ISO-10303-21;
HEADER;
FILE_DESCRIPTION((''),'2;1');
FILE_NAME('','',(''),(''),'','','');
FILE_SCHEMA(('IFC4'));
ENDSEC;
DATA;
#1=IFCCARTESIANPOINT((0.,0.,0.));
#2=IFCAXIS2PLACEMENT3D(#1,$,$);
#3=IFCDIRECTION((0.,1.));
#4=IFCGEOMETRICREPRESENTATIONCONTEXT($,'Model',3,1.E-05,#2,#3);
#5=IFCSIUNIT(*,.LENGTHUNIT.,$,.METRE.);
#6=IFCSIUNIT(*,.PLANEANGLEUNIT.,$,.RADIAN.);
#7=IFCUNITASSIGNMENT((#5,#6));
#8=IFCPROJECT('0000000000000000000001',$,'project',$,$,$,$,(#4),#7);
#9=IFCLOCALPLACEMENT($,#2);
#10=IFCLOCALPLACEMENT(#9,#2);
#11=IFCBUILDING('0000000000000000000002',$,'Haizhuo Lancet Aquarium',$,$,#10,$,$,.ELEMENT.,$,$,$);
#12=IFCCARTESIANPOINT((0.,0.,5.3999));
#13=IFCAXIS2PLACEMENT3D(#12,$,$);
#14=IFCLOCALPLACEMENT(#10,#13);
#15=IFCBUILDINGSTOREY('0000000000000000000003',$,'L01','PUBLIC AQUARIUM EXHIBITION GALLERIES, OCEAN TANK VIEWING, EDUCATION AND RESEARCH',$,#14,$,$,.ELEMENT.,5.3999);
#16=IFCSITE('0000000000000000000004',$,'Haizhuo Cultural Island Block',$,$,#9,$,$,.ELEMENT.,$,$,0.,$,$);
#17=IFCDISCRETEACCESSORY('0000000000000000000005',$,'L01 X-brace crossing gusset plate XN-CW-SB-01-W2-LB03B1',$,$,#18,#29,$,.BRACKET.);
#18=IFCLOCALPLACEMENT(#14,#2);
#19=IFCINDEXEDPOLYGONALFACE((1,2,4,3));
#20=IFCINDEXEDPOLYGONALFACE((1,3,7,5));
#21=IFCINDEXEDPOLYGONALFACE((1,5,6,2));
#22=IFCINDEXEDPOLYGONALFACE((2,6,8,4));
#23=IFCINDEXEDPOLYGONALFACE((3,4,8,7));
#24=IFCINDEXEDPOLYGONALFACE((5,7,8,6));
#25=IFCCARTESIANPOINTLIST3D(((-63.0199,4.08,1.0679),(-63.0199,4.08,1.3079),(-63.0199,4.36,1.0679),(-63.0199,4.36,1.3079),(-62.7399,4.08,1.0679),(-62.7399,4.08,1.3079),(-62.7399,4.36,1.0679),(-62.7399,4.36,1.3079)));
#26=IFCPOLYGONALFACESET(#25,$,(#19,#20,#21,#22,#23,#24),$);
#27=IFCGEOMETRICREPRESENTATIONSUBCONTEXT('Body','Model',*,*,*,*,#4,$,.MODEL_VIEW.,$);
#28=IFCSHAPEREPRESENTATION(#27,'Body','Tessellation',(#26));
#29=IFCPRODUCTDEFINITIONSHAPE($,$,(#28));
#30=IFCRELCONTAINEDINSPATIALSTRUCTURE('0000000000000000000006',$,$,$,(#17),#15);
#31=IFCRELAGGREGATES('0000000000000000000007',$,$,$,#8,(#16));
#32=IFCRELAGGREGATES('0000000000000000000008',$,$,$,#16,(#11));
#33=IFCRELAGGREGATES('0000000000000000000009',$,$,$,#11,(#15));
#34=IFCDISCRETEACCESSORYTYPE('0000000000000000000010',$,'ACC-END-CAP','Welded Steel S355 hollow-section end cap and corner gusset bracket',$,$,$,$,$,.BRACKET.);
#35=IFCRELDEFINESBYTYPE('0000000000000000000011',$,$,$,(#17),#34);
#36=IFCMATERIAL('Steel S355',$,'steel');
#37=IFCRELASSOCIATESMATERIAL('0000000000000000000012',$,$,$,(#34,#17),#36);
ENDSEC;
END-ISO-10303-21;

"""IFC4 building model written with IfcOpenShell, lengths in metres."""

from ifc_helpers import new_model, si_unit, direction, frame, origin, origin_2d, place, context, subcontext, project, spatial, rectangle, extrude, material, type_object, element, save


model = new_model("IFC4")

# Units and contexts
model_context = context("Model", 3, precision=1e-05, world=origin(), true_north=direction((0.0, 1.0)))
body_context = subcontext(model_context, "Body", "Model", "MODEL_VIEW")
ifc_project = project(units=[si_unit("LENGTHUNIT", "METRE"), si_unit("PLANEANGLEUNIT", "RADIAN")], contexts=[model_context])

# Site, building, storey
site_placement = place(None, origin())
site = spatial("IfcSite", under=ifc_project, at=site_placement, Name="Haizhuo Cultural Island Block", CompositionType="ELEMENT", RefElevation=0.0)
building_placement = place(site_placement, origin())
building = spatial("IfcBuilding", under=site, at=building_placement, Name="Haizhuo Lancet Aquarium", CompositionType="ELEMENT")
storey_placement = place(building_placement, frame((0.0, 0.0, 5.3999)))
storey = spatial("IfcBuildingStorey", under=building, at=storey_placement, Name="L01", Description="PUBLIC AQUARIUM EXHIBITION GALLERIES, OCEAN TANK VIEWING, EDUCATION AND RESEARCH", CompositionType="ELEMENT", Elevation=5.3999)

# Shared definitions
ifc_material_1 = material(Name="Steel S355", Category="steel")

# Discrete accessory
discrete_accessory_type = type_object("IfcDiscreteAccessoryType", Name="ACC-END-CAP", Description="Welded Steel S355 hollow-section end cap and corner gusset bracket", PredefinedType="BRACKET", material=ifc_material_1)
for number, where, z_axis, x_axis, name in (
    (1, (-62.8799, 4.22, 1.0679), (0.0, 0.0, 1.0), (1.0, 0.0, 0.0), "L01 X-brace crossing gusset plate XN-CW-SB-01-W2-LB03B1"),
):
    element("IfcDiscreteAccessory", number, at=place(storey_placement, frame(where, z_axis=z_axis, x_axis=x_axis)), inside=storey, type_object=discrete_accessory_type, material=ifc_material_1, Name=name, PredefinedType="BRACKET", context=body_context, shape_type="SweptSolid", body=[
        extrude(rectangle(XDim=0.28, YDim=0.28, at=origin_2d()), origin(), (0.0, 0.0, 1.0), 0.24),
    ])

save(model, "model.ifc")
